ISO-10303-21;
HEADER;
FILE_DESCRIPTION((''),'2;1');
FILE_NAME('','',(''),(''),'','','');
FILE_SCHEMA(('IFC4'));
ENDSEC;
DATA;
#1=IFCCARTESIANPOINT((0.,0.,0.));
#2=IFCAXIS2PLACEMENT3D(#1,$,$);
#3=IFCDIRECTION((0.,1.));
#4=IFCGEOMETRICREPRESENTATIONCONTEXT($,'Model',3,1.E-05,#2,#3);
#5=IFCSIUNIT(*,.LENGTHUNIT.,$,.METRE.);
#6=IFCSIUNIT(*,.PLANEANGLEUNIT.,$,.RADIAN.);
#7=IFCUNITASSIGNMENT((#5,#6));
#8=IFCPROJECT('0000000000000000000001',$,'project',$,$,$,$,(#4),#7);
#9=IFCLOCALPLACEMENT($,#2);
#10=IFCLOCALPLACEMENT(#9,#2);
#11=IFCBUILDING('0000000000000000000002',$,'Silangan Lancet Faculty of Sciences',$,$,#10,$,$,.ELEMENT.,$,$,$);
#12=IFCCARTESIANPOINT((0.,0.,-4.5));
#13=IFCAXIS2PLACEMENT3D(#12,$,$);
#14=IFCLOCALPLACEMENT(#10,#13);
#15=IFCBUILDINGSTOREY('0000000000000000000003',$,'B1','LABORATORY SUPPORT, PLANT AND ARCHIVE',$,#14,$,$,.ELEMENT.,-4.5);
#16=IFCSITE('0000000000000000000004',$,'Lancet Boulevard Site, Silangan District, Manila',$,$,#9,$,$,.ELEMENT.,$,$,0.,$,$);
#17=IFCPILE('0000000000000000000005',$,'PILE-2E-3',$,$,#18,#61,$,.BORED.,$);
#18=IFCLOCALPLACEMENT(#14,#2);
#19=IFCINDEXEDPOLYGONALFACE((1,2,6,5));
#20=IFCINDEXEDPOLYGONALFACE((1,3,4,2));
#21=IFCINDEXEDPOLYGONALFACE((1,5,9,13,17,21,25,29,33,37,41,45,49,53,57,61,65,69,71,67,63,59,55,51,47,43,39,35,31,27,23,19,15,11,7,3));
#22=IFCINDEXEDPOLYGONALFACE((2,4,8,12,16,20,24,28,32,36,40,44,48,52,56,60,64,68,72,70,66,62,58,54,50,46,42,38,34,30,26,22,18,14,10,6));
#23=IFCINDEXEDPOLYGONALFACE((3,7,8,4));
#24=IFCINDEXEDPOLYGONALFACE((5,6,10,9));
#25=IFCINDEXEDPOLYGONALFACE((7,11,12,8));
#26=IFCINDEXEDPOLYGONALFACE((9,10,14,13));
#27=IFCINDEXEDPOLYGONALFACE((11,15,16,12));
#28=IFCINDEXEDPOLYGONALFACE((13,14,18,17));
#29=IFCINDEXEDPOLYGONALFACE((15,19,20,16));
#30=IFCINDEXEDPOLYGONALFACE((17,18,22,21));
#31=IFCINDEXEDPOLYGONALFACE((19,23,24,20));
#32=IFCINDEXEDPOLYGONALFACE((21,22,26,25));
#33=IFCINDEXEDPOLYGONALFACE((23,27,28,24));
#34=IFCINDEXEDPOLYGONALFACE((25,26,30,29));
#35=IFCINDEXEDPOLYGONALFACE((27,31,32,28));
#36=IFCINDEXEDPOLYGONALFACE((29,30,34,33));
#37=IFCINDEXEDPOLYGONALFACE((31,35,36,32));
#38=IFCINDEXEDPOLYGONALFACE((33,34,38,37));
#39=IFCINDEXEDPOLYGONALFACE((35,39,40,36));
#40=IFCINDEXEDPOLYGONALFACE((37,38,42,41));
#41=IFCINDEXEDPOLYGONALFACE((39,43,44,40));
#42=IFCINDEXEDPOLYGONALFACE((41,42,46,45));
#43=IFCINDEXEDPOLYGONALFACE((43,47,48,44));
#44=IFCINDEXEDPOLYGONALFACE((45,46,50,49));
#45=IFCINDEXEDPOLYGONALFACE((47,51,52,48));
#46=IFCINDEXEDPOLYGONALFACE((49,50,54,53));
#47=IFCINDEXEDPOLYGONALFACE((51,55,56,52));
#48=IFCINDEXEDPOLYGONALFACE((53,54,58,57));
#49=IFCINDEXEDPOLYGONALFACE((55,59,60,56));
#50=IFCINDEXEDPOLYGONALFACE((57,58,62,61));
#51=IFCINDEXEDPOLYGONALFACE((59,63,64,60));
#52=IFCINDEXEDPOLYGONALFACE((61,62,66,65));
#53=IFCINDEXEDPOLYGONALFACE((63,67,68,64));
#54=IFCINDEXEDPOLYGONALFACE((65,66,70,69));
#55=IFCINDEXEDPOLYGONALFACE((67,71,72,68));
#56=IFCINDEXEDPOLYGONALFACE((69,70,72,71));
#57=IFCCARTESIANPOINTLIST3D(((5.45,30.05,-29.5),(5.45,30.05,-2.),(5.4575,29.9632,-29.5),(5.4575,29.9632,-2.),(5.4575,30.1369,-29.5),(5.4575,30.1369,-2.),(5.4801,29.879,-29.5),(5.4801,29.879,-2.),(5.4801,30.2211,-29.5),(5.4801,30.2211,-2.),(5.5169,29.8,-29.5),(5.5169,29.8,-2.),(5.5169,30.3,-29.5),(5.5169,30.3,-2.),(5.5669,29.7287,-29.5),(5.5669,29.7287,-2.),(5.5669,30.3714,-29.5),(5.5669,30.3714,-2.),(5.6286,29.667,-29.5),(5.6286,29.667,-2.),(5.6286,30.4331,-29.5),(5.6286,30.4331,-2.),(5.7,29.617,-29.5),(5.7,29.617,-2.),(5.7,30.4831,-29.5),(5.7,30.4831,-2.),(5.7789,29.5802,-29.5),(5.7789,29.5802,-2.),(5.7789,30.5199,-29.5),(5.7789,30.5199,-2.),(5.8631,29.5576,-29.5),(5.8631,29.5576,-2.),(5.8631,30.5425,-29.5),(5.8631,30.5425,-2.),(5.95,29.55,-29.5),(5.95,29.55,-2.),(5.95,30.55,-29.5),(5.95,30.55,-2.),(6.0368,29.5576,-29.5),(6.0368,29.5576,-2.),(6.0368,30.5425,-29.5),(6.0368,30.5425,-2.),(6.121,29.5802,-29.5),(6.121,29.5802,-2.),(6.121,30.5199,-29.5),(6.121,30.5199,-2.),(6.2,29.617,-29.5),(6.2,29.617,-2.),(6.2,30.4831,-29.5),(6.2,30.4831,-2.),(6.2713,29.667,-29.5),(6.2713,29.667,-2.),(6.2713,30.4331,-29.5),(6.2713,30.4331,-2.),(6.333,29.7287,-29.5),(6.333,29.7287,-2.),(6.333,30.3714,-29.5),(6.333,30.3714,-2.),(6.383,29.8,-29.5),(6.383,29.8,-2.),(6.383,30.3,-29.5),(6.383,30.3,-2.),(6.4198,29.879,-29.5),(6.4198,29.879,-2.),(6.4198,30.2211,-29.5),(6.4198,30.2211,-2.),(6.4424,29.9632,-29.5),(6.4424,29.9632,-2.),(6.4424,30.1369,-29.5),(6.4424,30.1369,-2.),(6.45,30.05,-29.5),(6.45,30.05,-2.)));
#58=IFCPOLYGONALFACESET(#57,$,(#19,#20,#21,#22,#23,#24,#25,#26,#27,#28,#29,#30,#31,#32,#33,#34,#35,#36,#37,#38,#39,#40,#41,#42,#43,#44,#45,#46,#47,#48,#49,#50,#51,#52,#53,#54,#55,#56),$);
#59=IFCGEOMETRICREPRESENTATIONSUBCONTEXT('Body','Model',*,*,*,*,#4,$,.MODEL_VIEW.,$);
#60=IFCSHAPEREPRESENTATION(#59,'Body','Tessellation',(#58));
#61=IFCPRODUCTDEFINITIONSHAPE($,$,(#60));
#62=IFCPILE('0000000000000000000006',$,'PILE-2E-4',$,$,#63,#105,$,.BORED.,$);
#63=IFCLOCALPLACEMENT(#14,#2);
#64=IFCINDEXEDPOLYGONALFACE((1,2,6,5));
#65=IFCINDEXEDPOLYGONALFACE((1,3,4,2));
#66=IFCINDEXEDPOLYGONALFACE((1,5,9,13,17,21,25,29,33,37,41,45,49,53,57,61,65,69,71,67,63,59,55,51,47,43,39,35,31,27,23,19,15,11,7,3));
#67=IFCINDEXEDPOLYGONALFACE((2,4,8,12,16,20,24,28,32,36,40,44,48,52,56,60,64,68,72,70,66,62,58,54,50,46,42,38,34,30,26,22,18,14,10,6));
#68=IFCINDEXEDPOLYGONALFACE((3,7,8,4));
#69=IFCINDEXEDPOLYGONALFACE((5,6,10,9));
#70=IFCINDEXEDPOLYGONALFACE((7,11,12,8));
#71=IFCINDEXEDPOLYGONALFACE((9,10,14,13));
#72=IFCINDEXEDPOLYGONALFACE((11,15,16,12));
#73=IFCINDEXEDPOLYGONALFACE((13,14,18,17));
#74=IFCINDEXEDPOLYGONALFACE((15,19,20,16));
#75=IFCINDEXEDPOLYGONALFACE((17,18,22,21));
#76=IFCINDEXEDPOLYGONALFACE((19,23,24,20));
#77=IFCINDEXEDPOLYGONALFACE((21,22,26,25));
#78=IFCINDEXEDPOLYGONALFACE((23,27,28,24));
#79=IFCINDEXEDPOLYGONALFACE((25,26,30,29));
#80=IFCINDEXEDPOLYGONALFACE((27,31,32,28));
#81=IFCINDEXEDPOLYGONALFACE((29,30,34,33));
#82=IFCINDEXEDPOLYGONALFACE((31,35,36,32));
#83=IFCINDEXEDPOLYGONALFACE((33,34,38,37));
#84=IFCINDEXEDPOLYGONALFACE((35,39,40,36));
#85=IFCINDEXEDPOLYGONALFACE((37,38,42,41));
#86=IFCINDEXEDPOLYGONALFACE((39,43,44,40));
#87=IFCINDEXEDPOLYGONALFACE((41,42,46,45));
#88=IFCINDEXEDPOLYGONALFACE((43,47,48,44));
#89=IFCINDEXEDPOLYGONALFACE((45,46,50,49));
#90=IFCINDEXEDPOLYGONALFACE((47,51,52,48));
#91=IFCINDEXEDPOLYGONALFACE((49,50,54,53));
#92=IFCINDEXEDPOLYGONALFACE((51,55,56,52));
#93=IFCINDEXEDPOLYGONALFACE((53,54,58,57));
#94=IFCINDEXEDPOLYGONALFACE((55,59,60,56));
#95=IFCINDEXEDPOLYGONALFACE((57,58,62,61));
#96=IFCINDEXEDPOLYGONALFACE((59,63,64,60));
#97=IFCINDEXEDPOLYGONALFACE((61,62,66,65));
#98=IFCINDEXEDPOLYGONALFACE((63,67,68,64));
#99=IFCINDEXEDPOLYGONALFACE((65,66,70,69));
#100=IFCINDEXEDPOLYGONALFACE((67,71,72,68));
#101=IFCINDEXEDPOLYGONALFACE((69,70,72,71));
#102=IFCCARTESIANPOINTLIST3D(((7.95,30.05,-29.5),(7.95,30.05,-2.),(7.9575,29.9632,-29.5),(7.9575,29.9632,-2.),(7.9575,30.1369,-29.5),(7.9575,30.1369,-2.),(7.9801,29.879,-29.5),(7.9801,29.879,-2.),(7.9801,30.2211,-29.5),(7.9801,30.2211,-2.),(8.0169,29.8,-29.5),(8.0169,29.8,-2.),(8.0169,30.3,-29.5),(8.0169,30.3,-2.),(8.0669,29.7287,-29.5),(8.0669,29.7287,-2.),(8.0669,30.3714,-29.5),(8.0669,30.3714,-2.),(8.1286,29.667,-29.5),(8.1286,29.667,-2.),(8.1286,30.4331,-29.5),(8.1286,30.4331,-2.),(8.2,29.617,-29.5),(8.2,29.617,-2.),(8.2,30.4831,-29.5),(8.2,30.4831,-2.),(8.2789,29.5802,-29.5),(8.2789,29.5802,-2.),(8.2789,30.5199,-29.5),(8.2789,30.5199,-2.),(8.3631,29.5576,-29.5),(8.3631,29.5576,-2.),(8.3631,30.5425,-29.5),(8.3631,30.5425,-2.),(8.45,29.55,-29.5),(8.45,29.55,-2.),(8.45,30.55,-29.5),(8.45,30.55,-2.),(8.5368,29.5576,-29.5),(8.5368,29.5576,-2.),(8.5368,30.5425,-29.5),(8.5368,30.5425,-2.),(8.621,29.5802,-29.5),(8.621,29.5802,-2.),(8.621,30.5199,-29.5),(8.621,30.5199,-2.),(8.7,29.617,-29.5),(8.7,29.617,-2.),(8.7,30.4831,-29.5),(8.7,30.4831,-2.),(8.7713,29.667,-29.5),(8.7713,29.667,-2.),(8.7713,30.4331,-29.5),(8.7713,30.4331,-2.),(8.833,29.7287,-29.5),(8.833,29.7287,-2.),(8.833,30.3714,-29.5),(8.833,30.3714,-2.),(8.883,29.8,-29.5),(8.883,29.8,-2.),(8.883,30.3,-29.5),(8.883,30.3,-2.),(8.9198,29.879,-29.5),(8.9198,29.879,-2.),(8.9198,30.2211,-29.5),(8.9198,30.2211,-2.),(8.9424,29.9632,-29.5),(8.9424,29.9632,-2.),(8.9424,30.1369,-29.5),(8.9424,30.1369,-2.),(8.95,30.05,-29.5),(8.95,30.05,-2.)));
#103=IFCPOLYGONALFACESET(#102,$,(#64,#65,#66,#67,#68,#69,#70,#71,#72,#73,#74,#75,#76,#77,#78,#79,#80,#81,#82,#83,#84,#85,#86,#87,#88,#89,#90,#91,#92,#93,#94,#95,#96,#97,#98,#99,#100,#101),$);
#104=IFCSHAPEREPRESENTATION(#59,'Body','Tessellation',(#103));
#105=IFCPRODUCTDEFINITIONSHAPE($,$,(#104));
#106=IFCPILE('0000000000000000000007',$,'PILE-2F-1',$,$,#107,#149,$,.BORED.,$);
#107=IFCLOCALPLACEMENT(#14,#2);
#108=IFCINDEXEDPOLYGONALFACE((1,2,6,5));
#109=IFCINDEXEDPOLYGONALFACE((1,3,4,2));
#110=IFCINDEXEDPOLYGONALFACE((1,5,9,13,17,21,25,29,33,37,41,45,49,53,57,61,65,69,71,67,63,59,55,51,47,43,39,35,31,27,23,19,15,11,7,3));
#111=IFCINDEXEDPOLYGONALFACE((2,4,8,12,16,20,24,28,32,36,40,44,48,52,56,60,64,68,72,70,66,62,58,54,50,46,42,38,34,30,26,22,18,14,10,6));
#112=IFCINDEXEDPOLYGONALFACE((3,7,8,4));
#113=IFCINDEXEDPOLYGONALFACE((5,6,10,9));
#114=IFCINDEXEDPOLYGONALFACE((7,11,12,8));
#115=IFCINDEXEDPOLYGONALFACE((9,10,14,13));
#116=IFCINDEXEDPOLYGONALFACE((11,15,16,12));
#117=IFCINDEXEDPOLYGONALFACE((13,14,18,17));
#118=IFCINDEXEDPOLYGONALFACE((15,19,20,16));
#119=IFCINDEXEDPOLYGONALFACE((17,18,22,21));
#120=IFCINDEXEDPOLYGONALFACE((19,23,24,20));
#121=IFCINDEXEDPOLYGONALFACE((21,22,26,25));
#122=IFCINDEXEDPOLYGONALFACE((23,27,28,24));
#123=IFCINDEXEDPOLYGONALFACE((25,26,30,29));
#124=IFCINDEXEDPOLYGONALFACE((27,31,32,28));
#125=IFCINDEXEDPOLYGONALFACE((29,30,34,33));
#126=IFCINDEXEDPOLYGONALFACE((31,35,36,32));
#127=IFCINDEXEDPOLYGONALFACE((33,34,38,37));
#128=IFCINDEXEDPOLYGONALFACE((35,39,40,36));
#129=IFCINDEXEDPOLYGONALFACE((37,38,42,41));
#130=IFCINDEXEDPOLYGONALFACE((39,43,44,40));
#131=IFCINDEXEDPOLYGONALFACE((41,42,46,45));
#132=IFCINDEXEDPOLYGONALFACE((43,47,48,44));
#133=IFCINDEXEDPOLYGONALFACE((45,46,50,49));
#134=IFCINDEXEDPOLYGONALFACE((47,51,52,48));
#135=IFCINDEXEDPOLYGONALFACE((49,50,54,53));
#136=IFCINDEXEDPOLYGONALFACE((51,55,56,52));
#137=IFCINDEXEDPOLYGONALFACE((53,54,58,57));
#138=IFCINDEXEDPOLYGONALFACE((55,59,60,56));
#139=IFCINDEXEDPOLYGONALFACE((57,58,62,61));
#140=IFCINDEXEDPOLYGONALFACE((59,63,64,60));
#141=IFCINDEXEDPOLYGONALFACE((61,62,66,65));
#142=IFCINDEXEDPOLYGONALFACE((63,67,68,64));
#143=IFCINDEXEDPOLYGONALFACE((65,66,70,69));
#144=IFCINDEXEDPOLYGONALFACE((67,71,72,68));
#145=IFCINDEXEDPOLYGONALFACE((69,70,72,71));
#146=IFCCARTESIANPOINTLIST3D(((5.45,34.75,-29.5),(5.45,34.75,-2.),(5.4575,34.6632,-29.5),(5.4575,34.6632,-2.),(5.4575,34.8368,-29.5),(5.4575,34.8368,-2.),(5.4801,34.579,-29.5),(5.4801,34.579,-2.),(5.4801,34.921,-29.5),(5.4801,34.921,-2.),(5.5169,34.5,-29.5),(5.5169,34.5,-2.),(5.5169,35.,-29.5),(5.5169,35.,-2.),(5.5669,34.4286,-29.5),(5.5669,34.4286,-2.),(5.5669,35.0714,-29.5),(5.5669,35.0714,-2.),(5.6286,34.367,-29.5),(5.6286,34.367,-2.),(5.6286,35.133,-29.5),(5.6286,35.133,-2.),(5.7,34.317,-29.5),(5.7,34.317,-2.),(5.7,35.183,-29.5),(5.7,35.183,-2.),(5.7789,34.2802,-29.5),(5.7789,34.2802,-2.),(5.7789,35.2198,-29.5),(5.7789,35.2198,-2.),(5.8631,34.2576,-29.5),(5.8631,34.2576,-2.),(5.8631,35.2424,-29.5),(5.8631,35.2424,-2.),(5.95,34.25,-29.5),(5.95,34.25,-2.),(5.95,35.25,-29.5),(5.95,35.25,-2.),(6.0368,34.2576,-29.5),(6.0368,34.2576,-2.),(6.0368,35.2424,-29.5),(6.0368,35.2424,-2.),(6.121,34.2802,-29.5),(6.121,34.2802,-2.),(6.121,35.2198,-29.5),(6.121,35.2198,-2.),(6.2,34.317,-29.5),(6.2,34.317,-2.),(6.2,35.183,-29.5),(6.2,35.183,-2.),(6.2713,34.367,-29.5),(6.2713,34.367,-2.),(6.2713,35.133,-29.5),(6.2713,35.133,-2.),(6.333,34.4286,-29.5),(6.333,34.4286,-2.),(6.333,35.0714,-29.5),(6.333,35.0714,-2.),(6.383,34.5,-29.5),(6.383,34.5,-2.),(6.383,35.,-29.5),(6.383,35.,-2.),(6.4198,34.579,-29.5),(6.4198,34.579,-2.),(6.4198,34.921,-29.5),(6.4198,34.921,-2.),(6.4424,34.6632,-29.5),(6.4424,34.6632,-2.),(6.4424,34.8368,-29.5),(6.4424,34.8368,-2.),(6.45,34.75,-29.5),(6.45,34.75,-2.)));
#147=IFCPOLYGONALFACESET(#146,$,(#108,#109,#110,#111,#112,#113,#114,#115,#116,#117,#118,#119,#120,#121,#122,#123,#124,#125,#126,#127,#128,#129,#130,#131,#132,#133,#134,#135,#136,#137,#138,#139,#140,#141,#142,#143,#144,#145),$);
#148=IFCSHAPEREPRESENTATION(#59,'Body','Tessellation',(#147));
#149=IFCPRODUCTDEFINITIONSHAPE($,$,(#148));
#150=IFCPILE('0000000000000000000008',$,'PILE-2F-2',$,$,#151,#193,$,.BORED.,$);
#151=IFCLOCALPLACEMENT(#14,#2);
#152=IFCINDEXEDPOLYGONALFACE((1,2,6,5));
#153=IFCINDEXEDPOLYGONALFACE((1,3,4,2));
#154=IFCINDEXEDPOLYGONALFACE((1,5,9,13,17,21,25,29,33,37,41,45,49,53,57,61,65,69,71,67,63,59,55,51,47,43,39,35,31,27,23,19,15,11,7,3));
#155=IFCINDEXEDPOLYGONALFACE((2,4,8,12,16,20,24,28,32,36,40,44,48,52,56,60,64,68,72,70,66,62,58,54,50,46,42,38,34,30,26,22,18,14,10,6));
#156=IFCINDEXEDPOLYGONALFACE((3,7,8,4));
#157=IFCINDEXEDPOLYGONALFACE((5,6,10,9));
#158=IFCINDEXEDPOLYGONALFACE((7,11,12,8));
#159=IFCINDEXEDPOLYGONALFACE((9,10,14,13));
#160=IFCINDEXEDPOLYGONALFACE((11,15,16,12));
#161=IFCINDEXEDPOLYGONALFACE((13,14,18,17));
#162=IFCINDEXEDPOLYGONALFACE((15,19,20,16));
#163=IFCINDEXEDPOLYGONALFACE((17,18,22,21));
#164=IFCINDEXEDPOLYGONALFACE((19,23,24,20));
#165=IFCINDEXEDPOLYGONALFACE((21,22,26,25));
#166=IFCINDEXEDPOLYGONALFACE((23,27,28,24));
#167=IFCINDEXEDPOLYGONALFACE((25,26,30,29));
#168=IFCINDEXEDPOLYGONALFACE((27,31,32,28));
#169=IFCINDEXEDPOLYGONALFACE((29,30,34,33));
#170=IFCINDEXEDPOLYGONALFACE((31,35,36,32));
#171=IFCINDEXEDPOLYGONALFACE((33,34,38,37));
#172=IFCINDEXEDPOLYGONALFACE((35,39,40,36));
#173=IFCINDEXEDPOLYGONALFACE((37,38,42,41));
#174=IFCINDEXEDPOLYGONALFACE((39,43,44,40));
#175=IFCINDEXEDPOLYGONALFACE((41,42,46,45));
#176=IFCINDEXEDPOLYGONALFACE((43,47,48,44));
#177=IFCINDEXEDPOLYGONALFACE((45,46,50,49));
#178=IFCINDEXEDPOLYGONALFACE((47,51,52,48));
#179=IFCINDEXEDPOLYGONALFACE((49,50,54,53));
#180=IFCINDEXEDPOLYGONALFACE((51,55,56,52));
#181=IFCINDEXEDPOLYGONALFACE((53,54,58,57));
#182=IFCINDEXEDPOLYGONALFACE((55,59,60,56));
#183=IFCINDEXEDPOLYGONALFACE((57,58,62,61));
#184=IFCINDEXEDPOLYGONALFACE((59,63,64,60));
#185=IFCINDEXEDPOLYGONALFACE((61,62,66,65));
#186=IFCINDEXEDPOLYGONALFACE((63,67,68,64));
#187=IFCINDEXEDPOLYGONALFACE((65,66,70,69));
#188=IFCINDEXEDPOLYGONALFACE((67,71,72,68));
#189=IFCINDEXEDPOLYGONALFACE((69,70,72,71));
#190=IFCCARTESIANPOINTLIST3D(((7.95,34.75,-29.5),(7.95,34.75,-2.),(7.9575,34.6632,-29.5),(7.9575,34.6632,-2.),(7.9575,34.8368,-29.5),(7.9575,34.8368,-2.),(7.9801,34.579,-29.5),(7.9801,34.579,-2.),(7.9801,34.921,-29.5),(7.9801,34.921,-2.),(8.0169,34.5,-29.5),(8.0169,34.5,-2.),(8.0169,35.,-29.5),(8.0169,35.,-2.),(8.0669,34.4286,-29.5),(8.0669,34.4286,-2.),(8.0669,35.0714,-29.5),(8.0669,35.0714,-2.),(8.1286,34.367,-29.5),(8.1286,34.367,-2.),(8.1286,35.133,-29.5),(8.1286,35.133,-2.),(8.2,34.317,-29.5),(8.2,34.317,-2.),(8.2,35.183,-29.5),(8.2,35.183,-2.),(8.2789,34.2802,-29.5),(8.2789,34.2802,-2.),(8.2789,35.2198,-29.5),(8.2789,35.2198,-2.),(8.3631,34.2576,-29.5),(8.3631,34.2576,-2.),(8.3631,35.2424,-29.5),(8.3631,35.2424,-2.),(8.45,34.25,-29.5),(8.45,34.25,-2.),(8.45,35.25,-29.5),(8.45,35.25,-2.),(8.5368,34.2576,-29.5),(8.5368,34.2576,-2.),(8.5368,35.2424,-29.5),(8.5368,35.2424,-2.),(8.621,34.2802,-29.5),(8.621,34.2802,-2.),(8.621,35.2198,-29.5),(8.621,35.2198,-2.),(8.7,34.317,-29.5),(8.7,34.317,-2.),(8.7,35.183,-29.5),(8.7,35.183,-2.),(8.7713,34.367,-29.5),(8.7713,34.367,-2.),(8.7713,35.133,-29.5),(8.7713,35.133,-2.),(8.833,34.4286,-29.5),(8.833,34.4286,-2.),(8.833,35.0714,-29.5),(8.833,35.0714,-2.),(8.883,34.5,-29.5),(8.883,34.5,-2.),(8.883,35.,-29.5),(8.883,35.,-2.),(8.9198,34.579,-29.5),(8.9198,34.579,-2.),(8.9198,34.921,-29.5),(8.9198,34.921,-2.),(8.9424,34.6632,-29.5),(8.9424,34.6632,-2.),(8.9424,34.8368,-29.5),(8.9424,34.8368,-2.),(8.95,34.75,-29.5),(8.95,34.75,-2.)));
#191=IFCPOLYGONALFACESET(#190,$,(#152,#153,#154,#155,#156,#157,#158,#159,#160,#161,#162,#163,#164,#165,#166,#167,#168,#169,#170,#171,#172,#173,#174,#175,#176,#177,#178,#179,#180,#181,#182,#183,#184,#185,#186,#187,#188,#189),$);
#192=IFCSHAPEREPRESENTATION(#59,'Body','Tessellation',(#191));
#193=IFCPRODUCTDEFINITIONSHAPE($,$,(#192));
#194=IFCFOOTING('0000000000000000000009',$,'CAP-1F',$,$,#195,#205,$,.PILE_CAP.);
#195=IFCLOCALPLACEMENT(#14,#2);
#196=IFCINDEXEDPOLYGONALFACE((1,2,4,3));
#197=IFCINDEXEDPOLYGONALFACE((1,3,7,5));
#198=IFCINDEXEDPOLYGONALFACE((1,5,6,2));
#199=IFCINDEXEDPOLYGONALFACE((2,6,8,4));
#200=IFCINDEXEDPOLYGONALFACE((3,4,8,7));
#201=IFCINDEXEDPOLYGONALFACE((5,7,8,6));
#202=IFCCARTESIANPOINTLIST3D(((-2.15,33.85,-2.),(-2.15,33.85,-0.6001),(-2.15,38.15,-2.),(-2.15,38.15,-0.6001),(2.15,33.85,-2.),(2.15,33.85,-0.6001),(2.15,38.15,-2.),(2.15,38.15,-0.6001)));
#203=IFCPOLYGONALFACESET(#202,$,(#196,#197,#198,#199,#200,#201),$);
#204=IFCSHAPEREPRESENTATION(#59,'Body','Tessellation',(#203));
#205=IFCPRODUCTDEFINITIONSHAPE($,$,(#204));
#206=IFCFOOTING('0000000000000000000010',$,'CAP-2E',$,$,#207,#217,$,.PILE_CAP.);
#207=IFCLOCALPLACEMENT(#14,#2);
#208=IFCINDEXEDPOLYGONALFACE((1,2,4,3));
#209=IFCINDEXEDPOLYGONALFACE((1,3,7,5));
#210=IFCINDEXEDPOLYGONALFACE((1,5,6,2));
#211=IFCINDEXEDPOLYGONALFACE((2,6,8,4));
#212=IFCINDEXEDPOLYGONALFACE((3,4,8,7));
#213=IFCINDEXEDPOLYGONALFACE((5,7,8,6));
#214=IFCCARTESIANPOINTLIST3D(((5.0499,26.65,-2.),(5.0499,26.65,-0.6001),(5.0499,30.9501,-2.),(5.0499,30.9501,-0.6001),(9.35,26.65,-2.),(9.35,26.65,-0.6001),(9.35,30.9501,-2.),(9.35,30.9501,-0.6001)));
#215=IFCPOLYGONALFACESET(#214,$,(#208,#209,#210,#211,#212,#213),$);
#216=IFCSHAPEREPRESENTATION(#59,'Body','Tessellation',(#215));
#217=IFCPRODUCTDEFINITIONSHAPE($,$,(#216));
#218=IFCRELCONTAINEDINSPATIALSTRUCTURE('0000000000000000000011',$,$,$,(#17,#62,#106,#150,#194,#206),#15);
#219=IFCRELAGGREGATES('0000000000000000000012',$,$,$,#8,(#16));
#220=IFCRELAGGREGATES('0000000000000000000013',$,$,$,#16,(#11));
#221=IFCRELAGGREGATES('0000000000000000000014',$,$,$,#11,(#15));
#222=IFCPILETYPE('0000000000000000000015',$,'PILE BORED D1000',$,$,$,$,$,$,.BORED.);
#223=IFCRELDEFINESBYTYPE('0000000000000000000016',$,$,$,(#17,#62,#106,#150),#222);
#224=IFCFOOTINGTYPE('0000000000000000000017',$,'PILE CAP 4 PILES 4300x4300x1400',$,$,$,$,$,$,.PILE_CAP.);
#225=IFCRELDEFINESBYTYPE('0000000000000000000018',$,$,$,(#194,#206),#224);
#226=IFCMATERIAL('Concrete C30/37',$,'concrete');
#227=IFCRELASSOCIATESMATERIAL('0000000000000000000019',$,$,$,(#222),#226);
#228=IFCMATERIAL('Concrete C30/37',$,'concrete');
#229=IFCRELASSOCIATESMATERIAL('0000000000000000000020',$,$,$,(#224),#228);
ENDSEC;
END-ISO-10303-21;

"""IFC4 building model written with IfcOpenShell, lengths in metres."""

from ifc_helpers import new_model, si_unit, direction, frame, origin, origin_2d, place, context, subcontext, project, spatial, rectangle, circle, extrude, material, material_profile, profile_set, type_object, element, save


model = new_model("IFC4")

# Units and contexts
model_context = context("Model", 3, precision=1e-05, world=origin(), true_north=direction((0.0, 1.0)))
body_context = subcontext(model_context, "Body", "Model", "MODEL_VIEW")
ifc_project = project(units=[si_unit("LENGTHUNIT", "METRE"), si_unit("PLANEANGLEUNIT", "RADIAN")], contexts=[model_context])

# Site, building, storey
site_placement = place(None, origin())
site = spatial("IfcSite", under=ifc_project, at=site_placement, Name="Lancet Boulevard Site, Silangan District, Manila", CompositionType="ELEMENT", RefElevation=0.0)
building_placement = place(site_placement, origin())
building = spatial("IfcBuilding", under=site, at=building_placement, Name="Silangan Lancet Faculty of Sciences", CompositionType="ELEMENT")
storey_placement = place(building_placement, frame((0.0, 0.0, -4.5)))
storey = spatial("IfcBuildingStorey", under=building, at=storey_placement, Name="B1", Description="LABORATORY SUPPORT, PLANT AND ARCHIVE", CompositionType="ELEMENT", Elevation=-4.5)

# Piles
ifc_material_1 = material(Name="Concrete C30/37", Category="concrete")
ifc_material_profile_1 = material_profile(ifc_material_1, circle(Radius=0.5, at=origin_2d()), Name="BORED PILE D1000")
ifc_profile_set_1 = profile_set([ifc_material_profile_1], Name="Concrete C30/37")
pile_type = type_object("IfcPileType", Name="PILE BORED D1000", PredefinedType="BORED", material=ifc_profile_set_1)
for number, where, z_axis, x_axis, name in (
    (1, (5.95, 30.05, -2.0), (0.0, 0.0, -1.0), (1.0, 0.0, 0.0), "PILE-2E-3"),
    (2, (8.45, 30.05, -2.0), (0.0, 0.0, -1.0), (1.0, 0.0, 0.0), "PILE-2E-4"),
    (3, (5.95, 34.75, -2.0), (0.0, 0.0, -1.0), (1.0, 0.0, 0.0), "PILE-2F-1"),
    (4, (8.45, 34.75, -2.0), (0.0, 0.0, -1.0), (1.0, 0.0, 0.0), "PILE-2F-2"),
):
    element("IfcPile", number, at=place(storey_placement, frame(where, z_axis=z_axis, x_axis=x_axis)), inside=storey, type_object=pile_type, Name=name, PredefinedType="BORED", context=body_context, shape_type="SweptSolid", body=[
        extrude(circle(Radius=0.5, at=origin_2d()), origin(), (0.0, 0.0, 1.0), 27.5),
    ])

# Footings
ifc_material_2 = material(Name="Concrete C30/37", Category="concrete")
footing_type_1 = type_object("IfcFootingType", Name="PILE CAP 4 PILES 4300x4300x1400", PredefinedType="PILE_CAP", material=ifc_material_2)
for number, where, z_axis, x_axis, name in (
    (5, (0.0, 36.0, -2.0), (0.0, 0.0, 1.0), (1.0, 0.0, 0.0), "CAP-1F"),
    (6, (7.2, 28.8, -2.0), (0.0, 0.0, 1.0), (1.0, 0.0, 0.0), "CAP-2E"),
):
    element("IfcFooting", number, at=place(storey_placement, frame(where, z_axis=z_axis, x_axis=x_axis)), inside=storey, type_object=footing_type_1, Name=name, PredefinedType="PILE_CAP", context=body_context, shape_type="SweptSolid", body=[
        extrude(rectangle(XDim=4.3, YDim=4.3, at=origin_2d()), origin(), (0.0, 0.0, 1.0), 1.3999),
    ])

save(model, "model.ifc")
